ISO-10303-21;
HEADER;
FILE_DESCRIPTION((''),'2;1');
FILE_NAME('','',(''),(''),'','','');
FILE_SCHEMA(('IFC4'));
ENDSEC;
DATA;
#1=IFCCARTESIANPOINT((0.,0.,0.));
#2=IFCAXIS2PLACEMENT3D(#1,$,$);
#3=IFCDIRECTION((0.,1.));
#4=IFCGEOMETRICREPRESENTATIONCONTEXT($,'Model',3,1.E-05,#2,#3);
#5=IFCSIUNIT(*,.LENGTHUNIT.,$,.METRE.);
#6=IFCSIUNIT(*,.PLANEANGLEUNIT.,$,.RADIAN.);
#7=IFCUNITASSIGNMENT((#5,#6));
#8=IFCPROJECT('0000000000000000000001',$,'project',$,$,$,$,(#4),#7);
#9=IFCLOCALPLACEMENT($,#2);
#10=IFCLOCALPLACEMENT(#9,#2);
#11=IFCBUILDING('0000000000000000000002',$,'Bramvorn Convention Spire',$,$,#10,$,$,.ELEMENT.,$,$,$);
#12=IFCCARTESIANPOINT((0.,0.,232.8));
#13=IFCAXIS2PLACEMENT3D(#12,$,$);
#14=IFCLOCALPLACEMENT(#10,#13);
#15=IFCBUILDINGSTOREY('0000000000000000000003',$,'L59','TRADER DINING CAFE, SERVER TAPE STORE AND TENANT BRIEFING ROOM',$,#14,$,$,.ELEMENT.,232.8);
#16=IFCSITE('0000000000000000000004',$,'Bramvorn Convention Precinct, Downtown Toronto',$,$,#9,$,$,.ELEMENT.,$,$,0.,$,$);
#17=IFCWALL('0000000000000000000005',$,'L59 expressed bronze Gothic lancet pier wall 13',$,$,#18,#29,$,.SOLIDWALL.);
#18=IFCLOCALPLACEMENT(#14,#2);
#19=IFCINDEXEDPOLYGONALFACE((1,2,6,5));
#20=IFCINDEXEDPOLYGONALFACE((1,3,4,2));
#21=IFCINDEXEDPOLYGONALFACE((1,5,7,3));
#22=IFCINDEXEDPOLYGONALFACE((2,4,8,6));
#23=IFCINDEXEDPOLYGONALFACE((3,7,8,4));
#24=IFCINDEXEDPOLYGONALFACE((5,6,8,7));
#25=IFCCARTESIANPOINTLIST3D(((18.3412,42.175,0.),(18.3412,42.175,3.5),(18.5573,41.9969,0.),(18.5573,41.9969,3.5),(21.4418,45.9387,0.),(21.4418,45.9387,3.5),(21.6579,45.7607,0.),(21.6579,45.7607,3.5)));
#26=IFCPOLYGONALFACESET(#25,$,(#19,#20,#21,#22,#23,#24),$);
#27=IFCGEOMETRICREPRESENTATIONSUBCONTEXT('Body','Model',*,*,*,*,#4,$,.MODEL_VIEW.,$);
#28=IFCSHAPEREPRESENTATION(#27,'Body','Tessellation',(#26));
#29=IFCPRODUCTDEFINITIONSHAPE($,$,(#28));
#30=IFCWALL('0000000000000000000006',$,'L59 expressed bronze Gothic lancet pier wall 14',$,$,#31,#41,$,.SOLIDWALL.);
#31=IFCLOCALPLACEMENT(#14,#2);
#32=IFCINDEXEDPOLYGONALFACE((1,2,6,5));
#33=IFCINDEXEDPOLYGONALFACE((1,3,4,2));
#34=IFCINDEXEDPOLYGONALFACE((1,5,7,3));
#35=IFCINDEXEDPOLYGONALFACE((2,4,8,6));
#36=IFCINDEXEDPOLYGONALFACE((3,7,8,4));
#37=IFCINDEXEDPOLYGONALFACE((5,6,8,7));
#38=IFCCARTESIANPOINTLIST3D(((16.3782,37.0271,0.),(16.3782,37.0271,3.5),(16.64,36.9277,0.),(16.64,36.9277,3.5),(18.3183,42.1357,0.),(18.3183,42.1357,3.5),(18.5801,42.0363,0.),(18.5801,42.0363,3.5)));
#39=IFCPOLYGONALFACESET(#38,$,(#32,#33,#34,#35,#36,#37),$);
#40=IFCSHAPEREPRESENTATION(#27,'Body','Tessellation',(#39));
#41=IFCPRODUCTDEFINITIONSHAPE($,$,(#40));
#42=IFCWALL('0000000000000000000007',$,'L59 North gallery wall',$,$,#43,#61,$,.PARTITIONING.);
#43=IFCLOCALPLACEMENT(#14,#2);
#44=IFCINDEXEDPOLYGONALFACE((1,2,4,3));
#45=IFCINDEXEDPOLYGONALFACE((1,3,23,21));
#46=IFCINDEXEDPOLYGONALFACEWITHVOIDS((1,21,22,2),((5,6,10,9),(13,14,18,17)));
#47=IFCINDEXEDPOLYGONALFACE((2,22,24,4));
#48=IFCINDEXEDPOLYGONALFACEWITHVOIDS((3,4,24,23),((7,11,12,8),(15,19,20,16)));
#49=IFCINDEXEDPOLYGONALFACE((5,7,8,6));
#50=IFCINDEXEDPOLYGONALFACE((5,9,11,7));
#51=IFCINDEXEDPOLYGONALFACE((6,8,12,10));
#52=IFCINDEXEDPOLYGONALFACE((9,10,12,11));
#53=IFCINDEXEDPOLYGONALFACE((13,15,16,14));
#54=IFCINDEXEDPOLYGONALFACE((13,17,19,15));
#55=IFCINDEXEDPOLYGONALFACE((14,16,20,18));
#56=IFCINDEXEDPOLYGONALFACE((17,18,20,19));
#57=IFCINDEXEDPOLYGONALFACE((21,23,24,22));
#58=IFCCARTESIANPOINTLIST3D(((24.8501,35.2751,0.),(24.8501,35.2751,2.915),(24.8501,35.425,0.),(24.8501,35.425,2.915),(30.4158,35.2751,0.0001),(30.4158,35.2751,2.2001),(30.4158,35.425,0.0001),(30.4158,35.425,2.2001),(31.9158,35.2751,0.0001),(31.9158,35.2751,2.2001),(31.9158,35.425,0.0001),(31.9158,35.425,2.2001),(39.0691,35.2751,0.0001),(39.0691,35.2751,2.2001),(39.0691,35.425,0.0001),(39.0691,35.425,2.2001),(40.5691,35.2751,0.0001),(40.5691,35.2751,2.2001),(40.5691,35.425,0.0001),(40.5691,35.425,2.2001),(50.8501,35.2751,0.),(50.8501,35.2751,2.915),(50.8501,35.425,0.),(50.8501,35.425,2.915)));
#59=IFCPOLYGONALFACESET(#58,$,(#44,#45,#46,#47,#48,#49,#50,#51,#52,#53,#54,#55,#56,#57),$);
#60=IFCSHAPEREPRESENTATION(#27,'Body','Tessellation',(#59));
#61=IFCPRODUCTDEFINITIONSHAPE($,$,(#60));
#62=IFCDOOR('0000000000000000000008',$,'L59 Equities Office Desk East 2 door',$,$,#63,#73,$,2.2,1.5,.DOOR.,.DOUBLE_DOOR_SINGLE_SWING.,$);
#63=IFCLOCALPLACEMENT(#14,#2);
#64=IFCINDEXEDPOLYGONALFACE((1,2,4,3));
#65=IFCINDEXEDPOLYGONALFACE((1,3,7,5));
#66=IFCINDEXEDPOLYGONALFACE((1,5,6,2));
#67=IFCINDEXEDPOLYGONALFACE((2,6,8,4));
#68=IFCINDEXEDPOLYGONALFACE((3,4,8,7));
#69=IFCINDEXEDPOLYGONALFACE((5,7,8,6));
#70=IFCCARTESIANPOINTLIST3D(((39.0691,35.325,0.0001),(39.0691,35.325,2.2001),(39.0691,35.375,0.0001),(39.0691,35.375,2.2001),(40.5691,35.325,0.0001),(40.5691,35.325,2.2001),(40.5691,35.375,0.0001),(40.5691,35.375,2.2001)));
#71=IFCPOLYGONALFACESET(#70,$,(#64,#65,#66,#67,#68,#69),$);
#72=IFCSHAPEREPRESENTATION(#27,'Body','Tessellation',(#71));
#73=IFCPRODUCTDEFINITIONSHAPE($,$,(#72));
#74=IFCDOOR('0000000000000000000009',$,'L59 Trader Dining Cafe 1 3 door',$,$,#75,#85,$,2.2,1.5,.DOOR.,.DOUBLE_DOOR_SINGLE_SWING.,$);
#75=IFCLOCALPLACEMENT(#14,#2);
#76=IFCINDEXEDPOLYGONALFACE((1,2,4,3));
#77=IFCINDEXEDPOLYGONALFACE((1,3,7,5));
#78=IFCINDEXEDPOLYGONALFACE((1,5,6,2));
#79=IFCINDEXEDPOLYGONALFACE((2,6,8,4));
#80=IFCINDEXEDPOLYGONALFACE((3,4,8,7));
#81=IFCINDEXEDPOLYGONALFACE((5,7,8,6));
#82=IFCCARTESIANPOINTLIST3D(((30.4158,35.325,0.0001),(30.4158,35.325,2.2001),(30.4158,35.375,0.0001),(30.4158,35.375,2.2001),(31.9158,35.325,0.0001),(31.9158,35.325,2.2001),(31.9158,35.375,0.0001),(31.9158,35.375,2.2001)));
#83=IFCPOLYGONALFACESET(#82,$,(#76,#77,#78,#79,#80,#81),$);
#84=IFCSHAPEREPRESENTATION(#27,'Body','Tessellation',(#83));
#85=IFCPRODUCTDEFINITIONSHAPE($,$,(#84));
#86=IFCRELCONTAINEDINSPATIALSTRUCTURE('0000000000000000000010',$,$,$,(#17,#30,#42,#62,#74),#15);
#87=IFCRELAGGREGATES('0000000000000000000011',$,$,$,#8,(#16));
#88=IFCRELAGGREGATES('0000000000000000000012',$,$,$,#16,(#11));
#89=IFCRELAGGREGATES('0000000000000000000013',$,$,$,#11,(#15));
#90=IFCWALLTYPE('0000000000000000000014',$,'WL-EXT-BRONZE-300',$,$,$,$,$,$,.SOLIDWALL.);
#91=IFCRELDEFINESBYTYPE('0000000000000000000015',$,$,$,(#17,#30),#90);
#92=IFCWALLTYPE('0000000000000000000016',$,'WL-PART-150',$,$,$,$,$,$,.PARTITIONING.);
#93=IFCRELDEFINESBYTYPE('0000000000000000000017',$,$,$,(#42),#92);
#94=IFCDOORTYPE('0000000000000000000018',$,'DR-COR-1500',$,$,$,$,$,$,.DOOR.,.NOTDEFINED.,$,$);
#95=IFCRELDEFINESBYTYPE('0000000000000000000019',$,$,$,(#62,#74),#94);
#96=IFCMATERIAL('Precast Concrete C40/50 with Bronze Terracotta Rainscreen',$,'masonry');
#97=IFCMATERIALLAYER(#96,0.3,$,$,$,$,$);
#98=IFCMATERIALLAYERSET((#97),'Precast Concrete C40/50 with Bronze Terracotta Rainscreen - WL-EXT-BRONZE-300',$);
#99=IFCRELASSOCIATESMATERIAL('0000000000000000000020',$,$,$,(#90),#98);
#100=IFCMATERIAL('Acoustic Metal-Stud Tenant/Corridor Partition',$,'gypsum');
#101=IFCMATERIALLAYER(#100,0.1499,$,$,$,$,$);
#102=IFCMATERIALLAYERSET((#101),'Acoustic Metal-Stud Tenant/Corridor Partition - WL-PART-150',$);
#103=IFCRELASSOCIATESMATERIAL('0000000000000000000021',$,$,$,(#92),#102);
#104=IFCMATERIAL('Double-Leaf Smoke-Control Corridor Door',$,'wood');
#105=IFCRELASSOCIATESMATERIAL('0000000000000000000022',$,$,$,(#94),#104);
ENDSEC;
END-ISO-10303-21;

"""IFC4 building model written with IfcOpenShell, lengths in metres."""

from ifc_helpers import new_model, si_unit, direction, frame, frame_2d, origin, place, context, subcontext, project, spatial, rectangle, extrude, material, layer, layer_set, type_object, element, fill, save


model = new_model("IFC4")

# Units and contexts
model_context = context("Model", 3, precision=1e-05, world=origin(), true_north=direction((0.0, 1.0)))
body_context = subcontext(model_context, "Body", "Model", "MODEL_VIEW")
ifc_project = project(units=[si_unit("LENGTHUNIT", "METRE"), si_unit("PLANEANGLEUNIT", "RADIAN")], contexts=[model_context])

# Site, building, storey
site_placement = place(None, origin())
site = spatial("IfcSite", under=ifc_project, at=site_placement, Name="Bramvorn Convention Precinct, Downtown Toronto", CompositionType="ELEMENT", RefElevation=0.0)
building_placement = place(site_placement, origin())
building = spatial("IfcBuilding", under=site, at=building_placement, Name="Bramvorn Convention Spire", CompositionType="ELEMENT")
storey_placement = place(building_placement, frame((0.0, 0.0, 232.8)))
storey = spatial("IfcBuildingStorey", under=building, at=storey_placement, Name="L59", Description="TRADER DINING CAFE, SERVER TAPE STORE AND TENANT BRIEFING ROOM", CompositionType="ELEMENT", Elevation=232.8)

# Walls
ifc_material_1 = material(Name="Precast Concrete C40/50 with Bronze Terracotta Rainscreen", Category="masonry")
ifc_layer_1 = layer(ifc_material_1, 0.3)
ifc_layer_set_1 = layer_set([ifc_layer_1], Name="Precast Concrete C40/50 with Bronze Terracotta Rainscreen - WL-EXT-BRONZE-300")
wall_type_1 = type_object("IfcWallType", Name="WL-EXT-BRONZE-300", PredefinedType="SOLIDWALL", material=ifc_layer_set_1)
for number, where, z_axis, x_axis, name in (
    (1, (18.4492, 42.0859, 0.0), (0.0, 0.0, 1.0), (0.635841, 0.77182, 0.0), "L59 expressed bronze Gothic lancet pier wall 13"),
):
    element("IfcWall", number, at=place(storey_placement, frame(where, z_axis=z_axis, x_axis=x_axis)), inside=storey, type_object=wall_type_1, Name=name, PredefinedType="SOLIDWALL", context=body_context, shape_type="SweptSolid", body=[
        extrude(rectangle(XDim=4.8765, YDim=0.28, at=frame_2d((2.4382, 0.0))), origin(), (0.0, 0.0, 1.0), 3.5),
    ])
wall_1_placement = place(storey_placement, frame((16.509, 36.9773, 0.0), z_axis=(0.0, 0.0, 1.0), x_axis=(0.355042, 0.93485, 0.0)))
element("IfcWall", 2, at=wall_1_placement, inside=storey, type_object=wall_type_1, Name="L59 expressed bronze Gothic lancet pier wall 14", PredefinedType="SOLIDWALL", context=body_context, shape_type="SweptSolid", body=[
    extrude(rectangle(XDim=5.4646, YDim=0.28, at=frame_2d((2.7324, 0.0))), origin(), (0.0, 0.0, 1.0), 3.5),
])

# Wall, openings, doors
ifc_material_2 = material(Name="Acoustic Metal-Stud Tenant/Corridor Partition", Category="gypsum")
ifc_layer_2 = layer(ifc_material_2, 0.1499)
ifc_layer_set_2 = layer_set([ifc_layer_2], Name="Acoustic Metal-Stud Tenant/Corridor Partition - WL-PART-150")
wall_type_2 = type_object("IfcWallType", Name="WL-PART-150", PredefinedType="PARTITIONING", material=ifc_layer_set_2)
wall_2_placement = place(storey_placement, frame((24.8501, 35.3501, 0.0), z_axis=(0.0, 0.0, 1.0), x_axis=(1.0, 0.0, 0.0)))
wall_2 = element("IfcWall", 3, at=wall_2_placement, inside=storey, type_object=wall_type_2, Name="L59 North gallery wall", PredefinedType="PARTITIONING", context=body_context, shape_type="SweptSolid", body=[
    extrude(rectangle(XDim=26.0, YDim=0.1499, at=frame_2d((13.0, 0.0))), origin(), (0.0, 0.0, 1.0), 2.915),
])
opening_1_placement = place(wall_2_placement, frame((14.219, 0.0, 0.0)))
opening_1 = element("IfcOpeningElement", 4, at=opening_1_placement, cuts=wall_2, PredefinedType="OPENING", context=body_context, shape_type="SweptSolid", body=[
    extrude(rectangle(XDim=1.5, YDim=2.2, at=frame_2d((0.75, 1.1001))), frame((0.0, 0.085, 0.0), z_axis=(0.0, -1.0, 0.0), x_axis=(1.0, 0.0, 0.0)), (0.0, 0.0, 1.0), 0.1699),
])
opening_2_placement = place(wall_2_placement, frame((5.5657, 0.0, 0.0)))
opening_2 = element("IfcOpeningElement", 5, at=opening_2_placement, cuts=wall_2, PredefinedType="OPENING", context=body_context, shape_type="SweptSolid", body=[
    extrude(rectangle(XDim=1.5, YDim=2.2, at=frame_2d((0.75, 1.1001))), frame((0.0, 0.085, 0.0), z_axis=(0.0, -1.0, 0.0), x_axis=(1.0, 0.0, 0.0)), (0.0, 0.0, 1.0), 0.1699),
])
ifc_material_3 = material(Name="Double-Leaf Smoke-Control Corridor Door", Category="wood")
door_type = type_object("IfcDoorType", Name="DR-COR-1500", OperationType="NOTDEFINED", PredefinedType="DOOR", material=ifc_material_3)
door_1_placement = place(opening_1_placement, origin())
door_1 = element("IfcDoor", 6, at=door_1_placement, inside=storey, type_object=door_type, Name="L59 Equities Office Desk East 2 door", OperationType="DOUBLE_DOOR_SINGLE_SWING", OverallHeight=2.2, OverallWidth=1.5, PredefinedType="DOOR", context=body_context, shape_type="SweptSolid", body=[
    extrude(rectangle(XDim=1.5, YDim=2.2, at=frame_2d((0.75, 1.1001))), frame((0.0, 0.0249, 0.0), z_axis=(0.0, -1.0, 0.0), x_axis=(1.0, 0.0, 0.0)), (0.0, 0.0, 1.0), 0.05),
])
fill(opening_1, door_1)
door_2_placement = place(opening_2_placement, origin())
door_2 = element("IfcDoor", 7, at=door_2_placement, inside=storey, type_object=door_type, Name="L59 Trader Dining Cafe 1 3 door", OperationType="DOUBLE_DOOR_SINGLE_SWING", OverallHeight=2.2, OverallWidth=1.5, PredefinedType="DOOR", context=body_context, shape_type="SweptSolid", body=[
    extrude(rectangle(XDim=1.5, YDim=2.2, at=frame_2d((0.75, 1.1001))), frame((0.0, 0.0249, 0.0), z_axis=(0.0, -1.0, 0.0), x_axis=(1.0, 0.0, 0.0)), (0.0, 0.0, 1.0), 0.05),
])
fill(opening_2, door_2)

save(model, "model.ifc")
